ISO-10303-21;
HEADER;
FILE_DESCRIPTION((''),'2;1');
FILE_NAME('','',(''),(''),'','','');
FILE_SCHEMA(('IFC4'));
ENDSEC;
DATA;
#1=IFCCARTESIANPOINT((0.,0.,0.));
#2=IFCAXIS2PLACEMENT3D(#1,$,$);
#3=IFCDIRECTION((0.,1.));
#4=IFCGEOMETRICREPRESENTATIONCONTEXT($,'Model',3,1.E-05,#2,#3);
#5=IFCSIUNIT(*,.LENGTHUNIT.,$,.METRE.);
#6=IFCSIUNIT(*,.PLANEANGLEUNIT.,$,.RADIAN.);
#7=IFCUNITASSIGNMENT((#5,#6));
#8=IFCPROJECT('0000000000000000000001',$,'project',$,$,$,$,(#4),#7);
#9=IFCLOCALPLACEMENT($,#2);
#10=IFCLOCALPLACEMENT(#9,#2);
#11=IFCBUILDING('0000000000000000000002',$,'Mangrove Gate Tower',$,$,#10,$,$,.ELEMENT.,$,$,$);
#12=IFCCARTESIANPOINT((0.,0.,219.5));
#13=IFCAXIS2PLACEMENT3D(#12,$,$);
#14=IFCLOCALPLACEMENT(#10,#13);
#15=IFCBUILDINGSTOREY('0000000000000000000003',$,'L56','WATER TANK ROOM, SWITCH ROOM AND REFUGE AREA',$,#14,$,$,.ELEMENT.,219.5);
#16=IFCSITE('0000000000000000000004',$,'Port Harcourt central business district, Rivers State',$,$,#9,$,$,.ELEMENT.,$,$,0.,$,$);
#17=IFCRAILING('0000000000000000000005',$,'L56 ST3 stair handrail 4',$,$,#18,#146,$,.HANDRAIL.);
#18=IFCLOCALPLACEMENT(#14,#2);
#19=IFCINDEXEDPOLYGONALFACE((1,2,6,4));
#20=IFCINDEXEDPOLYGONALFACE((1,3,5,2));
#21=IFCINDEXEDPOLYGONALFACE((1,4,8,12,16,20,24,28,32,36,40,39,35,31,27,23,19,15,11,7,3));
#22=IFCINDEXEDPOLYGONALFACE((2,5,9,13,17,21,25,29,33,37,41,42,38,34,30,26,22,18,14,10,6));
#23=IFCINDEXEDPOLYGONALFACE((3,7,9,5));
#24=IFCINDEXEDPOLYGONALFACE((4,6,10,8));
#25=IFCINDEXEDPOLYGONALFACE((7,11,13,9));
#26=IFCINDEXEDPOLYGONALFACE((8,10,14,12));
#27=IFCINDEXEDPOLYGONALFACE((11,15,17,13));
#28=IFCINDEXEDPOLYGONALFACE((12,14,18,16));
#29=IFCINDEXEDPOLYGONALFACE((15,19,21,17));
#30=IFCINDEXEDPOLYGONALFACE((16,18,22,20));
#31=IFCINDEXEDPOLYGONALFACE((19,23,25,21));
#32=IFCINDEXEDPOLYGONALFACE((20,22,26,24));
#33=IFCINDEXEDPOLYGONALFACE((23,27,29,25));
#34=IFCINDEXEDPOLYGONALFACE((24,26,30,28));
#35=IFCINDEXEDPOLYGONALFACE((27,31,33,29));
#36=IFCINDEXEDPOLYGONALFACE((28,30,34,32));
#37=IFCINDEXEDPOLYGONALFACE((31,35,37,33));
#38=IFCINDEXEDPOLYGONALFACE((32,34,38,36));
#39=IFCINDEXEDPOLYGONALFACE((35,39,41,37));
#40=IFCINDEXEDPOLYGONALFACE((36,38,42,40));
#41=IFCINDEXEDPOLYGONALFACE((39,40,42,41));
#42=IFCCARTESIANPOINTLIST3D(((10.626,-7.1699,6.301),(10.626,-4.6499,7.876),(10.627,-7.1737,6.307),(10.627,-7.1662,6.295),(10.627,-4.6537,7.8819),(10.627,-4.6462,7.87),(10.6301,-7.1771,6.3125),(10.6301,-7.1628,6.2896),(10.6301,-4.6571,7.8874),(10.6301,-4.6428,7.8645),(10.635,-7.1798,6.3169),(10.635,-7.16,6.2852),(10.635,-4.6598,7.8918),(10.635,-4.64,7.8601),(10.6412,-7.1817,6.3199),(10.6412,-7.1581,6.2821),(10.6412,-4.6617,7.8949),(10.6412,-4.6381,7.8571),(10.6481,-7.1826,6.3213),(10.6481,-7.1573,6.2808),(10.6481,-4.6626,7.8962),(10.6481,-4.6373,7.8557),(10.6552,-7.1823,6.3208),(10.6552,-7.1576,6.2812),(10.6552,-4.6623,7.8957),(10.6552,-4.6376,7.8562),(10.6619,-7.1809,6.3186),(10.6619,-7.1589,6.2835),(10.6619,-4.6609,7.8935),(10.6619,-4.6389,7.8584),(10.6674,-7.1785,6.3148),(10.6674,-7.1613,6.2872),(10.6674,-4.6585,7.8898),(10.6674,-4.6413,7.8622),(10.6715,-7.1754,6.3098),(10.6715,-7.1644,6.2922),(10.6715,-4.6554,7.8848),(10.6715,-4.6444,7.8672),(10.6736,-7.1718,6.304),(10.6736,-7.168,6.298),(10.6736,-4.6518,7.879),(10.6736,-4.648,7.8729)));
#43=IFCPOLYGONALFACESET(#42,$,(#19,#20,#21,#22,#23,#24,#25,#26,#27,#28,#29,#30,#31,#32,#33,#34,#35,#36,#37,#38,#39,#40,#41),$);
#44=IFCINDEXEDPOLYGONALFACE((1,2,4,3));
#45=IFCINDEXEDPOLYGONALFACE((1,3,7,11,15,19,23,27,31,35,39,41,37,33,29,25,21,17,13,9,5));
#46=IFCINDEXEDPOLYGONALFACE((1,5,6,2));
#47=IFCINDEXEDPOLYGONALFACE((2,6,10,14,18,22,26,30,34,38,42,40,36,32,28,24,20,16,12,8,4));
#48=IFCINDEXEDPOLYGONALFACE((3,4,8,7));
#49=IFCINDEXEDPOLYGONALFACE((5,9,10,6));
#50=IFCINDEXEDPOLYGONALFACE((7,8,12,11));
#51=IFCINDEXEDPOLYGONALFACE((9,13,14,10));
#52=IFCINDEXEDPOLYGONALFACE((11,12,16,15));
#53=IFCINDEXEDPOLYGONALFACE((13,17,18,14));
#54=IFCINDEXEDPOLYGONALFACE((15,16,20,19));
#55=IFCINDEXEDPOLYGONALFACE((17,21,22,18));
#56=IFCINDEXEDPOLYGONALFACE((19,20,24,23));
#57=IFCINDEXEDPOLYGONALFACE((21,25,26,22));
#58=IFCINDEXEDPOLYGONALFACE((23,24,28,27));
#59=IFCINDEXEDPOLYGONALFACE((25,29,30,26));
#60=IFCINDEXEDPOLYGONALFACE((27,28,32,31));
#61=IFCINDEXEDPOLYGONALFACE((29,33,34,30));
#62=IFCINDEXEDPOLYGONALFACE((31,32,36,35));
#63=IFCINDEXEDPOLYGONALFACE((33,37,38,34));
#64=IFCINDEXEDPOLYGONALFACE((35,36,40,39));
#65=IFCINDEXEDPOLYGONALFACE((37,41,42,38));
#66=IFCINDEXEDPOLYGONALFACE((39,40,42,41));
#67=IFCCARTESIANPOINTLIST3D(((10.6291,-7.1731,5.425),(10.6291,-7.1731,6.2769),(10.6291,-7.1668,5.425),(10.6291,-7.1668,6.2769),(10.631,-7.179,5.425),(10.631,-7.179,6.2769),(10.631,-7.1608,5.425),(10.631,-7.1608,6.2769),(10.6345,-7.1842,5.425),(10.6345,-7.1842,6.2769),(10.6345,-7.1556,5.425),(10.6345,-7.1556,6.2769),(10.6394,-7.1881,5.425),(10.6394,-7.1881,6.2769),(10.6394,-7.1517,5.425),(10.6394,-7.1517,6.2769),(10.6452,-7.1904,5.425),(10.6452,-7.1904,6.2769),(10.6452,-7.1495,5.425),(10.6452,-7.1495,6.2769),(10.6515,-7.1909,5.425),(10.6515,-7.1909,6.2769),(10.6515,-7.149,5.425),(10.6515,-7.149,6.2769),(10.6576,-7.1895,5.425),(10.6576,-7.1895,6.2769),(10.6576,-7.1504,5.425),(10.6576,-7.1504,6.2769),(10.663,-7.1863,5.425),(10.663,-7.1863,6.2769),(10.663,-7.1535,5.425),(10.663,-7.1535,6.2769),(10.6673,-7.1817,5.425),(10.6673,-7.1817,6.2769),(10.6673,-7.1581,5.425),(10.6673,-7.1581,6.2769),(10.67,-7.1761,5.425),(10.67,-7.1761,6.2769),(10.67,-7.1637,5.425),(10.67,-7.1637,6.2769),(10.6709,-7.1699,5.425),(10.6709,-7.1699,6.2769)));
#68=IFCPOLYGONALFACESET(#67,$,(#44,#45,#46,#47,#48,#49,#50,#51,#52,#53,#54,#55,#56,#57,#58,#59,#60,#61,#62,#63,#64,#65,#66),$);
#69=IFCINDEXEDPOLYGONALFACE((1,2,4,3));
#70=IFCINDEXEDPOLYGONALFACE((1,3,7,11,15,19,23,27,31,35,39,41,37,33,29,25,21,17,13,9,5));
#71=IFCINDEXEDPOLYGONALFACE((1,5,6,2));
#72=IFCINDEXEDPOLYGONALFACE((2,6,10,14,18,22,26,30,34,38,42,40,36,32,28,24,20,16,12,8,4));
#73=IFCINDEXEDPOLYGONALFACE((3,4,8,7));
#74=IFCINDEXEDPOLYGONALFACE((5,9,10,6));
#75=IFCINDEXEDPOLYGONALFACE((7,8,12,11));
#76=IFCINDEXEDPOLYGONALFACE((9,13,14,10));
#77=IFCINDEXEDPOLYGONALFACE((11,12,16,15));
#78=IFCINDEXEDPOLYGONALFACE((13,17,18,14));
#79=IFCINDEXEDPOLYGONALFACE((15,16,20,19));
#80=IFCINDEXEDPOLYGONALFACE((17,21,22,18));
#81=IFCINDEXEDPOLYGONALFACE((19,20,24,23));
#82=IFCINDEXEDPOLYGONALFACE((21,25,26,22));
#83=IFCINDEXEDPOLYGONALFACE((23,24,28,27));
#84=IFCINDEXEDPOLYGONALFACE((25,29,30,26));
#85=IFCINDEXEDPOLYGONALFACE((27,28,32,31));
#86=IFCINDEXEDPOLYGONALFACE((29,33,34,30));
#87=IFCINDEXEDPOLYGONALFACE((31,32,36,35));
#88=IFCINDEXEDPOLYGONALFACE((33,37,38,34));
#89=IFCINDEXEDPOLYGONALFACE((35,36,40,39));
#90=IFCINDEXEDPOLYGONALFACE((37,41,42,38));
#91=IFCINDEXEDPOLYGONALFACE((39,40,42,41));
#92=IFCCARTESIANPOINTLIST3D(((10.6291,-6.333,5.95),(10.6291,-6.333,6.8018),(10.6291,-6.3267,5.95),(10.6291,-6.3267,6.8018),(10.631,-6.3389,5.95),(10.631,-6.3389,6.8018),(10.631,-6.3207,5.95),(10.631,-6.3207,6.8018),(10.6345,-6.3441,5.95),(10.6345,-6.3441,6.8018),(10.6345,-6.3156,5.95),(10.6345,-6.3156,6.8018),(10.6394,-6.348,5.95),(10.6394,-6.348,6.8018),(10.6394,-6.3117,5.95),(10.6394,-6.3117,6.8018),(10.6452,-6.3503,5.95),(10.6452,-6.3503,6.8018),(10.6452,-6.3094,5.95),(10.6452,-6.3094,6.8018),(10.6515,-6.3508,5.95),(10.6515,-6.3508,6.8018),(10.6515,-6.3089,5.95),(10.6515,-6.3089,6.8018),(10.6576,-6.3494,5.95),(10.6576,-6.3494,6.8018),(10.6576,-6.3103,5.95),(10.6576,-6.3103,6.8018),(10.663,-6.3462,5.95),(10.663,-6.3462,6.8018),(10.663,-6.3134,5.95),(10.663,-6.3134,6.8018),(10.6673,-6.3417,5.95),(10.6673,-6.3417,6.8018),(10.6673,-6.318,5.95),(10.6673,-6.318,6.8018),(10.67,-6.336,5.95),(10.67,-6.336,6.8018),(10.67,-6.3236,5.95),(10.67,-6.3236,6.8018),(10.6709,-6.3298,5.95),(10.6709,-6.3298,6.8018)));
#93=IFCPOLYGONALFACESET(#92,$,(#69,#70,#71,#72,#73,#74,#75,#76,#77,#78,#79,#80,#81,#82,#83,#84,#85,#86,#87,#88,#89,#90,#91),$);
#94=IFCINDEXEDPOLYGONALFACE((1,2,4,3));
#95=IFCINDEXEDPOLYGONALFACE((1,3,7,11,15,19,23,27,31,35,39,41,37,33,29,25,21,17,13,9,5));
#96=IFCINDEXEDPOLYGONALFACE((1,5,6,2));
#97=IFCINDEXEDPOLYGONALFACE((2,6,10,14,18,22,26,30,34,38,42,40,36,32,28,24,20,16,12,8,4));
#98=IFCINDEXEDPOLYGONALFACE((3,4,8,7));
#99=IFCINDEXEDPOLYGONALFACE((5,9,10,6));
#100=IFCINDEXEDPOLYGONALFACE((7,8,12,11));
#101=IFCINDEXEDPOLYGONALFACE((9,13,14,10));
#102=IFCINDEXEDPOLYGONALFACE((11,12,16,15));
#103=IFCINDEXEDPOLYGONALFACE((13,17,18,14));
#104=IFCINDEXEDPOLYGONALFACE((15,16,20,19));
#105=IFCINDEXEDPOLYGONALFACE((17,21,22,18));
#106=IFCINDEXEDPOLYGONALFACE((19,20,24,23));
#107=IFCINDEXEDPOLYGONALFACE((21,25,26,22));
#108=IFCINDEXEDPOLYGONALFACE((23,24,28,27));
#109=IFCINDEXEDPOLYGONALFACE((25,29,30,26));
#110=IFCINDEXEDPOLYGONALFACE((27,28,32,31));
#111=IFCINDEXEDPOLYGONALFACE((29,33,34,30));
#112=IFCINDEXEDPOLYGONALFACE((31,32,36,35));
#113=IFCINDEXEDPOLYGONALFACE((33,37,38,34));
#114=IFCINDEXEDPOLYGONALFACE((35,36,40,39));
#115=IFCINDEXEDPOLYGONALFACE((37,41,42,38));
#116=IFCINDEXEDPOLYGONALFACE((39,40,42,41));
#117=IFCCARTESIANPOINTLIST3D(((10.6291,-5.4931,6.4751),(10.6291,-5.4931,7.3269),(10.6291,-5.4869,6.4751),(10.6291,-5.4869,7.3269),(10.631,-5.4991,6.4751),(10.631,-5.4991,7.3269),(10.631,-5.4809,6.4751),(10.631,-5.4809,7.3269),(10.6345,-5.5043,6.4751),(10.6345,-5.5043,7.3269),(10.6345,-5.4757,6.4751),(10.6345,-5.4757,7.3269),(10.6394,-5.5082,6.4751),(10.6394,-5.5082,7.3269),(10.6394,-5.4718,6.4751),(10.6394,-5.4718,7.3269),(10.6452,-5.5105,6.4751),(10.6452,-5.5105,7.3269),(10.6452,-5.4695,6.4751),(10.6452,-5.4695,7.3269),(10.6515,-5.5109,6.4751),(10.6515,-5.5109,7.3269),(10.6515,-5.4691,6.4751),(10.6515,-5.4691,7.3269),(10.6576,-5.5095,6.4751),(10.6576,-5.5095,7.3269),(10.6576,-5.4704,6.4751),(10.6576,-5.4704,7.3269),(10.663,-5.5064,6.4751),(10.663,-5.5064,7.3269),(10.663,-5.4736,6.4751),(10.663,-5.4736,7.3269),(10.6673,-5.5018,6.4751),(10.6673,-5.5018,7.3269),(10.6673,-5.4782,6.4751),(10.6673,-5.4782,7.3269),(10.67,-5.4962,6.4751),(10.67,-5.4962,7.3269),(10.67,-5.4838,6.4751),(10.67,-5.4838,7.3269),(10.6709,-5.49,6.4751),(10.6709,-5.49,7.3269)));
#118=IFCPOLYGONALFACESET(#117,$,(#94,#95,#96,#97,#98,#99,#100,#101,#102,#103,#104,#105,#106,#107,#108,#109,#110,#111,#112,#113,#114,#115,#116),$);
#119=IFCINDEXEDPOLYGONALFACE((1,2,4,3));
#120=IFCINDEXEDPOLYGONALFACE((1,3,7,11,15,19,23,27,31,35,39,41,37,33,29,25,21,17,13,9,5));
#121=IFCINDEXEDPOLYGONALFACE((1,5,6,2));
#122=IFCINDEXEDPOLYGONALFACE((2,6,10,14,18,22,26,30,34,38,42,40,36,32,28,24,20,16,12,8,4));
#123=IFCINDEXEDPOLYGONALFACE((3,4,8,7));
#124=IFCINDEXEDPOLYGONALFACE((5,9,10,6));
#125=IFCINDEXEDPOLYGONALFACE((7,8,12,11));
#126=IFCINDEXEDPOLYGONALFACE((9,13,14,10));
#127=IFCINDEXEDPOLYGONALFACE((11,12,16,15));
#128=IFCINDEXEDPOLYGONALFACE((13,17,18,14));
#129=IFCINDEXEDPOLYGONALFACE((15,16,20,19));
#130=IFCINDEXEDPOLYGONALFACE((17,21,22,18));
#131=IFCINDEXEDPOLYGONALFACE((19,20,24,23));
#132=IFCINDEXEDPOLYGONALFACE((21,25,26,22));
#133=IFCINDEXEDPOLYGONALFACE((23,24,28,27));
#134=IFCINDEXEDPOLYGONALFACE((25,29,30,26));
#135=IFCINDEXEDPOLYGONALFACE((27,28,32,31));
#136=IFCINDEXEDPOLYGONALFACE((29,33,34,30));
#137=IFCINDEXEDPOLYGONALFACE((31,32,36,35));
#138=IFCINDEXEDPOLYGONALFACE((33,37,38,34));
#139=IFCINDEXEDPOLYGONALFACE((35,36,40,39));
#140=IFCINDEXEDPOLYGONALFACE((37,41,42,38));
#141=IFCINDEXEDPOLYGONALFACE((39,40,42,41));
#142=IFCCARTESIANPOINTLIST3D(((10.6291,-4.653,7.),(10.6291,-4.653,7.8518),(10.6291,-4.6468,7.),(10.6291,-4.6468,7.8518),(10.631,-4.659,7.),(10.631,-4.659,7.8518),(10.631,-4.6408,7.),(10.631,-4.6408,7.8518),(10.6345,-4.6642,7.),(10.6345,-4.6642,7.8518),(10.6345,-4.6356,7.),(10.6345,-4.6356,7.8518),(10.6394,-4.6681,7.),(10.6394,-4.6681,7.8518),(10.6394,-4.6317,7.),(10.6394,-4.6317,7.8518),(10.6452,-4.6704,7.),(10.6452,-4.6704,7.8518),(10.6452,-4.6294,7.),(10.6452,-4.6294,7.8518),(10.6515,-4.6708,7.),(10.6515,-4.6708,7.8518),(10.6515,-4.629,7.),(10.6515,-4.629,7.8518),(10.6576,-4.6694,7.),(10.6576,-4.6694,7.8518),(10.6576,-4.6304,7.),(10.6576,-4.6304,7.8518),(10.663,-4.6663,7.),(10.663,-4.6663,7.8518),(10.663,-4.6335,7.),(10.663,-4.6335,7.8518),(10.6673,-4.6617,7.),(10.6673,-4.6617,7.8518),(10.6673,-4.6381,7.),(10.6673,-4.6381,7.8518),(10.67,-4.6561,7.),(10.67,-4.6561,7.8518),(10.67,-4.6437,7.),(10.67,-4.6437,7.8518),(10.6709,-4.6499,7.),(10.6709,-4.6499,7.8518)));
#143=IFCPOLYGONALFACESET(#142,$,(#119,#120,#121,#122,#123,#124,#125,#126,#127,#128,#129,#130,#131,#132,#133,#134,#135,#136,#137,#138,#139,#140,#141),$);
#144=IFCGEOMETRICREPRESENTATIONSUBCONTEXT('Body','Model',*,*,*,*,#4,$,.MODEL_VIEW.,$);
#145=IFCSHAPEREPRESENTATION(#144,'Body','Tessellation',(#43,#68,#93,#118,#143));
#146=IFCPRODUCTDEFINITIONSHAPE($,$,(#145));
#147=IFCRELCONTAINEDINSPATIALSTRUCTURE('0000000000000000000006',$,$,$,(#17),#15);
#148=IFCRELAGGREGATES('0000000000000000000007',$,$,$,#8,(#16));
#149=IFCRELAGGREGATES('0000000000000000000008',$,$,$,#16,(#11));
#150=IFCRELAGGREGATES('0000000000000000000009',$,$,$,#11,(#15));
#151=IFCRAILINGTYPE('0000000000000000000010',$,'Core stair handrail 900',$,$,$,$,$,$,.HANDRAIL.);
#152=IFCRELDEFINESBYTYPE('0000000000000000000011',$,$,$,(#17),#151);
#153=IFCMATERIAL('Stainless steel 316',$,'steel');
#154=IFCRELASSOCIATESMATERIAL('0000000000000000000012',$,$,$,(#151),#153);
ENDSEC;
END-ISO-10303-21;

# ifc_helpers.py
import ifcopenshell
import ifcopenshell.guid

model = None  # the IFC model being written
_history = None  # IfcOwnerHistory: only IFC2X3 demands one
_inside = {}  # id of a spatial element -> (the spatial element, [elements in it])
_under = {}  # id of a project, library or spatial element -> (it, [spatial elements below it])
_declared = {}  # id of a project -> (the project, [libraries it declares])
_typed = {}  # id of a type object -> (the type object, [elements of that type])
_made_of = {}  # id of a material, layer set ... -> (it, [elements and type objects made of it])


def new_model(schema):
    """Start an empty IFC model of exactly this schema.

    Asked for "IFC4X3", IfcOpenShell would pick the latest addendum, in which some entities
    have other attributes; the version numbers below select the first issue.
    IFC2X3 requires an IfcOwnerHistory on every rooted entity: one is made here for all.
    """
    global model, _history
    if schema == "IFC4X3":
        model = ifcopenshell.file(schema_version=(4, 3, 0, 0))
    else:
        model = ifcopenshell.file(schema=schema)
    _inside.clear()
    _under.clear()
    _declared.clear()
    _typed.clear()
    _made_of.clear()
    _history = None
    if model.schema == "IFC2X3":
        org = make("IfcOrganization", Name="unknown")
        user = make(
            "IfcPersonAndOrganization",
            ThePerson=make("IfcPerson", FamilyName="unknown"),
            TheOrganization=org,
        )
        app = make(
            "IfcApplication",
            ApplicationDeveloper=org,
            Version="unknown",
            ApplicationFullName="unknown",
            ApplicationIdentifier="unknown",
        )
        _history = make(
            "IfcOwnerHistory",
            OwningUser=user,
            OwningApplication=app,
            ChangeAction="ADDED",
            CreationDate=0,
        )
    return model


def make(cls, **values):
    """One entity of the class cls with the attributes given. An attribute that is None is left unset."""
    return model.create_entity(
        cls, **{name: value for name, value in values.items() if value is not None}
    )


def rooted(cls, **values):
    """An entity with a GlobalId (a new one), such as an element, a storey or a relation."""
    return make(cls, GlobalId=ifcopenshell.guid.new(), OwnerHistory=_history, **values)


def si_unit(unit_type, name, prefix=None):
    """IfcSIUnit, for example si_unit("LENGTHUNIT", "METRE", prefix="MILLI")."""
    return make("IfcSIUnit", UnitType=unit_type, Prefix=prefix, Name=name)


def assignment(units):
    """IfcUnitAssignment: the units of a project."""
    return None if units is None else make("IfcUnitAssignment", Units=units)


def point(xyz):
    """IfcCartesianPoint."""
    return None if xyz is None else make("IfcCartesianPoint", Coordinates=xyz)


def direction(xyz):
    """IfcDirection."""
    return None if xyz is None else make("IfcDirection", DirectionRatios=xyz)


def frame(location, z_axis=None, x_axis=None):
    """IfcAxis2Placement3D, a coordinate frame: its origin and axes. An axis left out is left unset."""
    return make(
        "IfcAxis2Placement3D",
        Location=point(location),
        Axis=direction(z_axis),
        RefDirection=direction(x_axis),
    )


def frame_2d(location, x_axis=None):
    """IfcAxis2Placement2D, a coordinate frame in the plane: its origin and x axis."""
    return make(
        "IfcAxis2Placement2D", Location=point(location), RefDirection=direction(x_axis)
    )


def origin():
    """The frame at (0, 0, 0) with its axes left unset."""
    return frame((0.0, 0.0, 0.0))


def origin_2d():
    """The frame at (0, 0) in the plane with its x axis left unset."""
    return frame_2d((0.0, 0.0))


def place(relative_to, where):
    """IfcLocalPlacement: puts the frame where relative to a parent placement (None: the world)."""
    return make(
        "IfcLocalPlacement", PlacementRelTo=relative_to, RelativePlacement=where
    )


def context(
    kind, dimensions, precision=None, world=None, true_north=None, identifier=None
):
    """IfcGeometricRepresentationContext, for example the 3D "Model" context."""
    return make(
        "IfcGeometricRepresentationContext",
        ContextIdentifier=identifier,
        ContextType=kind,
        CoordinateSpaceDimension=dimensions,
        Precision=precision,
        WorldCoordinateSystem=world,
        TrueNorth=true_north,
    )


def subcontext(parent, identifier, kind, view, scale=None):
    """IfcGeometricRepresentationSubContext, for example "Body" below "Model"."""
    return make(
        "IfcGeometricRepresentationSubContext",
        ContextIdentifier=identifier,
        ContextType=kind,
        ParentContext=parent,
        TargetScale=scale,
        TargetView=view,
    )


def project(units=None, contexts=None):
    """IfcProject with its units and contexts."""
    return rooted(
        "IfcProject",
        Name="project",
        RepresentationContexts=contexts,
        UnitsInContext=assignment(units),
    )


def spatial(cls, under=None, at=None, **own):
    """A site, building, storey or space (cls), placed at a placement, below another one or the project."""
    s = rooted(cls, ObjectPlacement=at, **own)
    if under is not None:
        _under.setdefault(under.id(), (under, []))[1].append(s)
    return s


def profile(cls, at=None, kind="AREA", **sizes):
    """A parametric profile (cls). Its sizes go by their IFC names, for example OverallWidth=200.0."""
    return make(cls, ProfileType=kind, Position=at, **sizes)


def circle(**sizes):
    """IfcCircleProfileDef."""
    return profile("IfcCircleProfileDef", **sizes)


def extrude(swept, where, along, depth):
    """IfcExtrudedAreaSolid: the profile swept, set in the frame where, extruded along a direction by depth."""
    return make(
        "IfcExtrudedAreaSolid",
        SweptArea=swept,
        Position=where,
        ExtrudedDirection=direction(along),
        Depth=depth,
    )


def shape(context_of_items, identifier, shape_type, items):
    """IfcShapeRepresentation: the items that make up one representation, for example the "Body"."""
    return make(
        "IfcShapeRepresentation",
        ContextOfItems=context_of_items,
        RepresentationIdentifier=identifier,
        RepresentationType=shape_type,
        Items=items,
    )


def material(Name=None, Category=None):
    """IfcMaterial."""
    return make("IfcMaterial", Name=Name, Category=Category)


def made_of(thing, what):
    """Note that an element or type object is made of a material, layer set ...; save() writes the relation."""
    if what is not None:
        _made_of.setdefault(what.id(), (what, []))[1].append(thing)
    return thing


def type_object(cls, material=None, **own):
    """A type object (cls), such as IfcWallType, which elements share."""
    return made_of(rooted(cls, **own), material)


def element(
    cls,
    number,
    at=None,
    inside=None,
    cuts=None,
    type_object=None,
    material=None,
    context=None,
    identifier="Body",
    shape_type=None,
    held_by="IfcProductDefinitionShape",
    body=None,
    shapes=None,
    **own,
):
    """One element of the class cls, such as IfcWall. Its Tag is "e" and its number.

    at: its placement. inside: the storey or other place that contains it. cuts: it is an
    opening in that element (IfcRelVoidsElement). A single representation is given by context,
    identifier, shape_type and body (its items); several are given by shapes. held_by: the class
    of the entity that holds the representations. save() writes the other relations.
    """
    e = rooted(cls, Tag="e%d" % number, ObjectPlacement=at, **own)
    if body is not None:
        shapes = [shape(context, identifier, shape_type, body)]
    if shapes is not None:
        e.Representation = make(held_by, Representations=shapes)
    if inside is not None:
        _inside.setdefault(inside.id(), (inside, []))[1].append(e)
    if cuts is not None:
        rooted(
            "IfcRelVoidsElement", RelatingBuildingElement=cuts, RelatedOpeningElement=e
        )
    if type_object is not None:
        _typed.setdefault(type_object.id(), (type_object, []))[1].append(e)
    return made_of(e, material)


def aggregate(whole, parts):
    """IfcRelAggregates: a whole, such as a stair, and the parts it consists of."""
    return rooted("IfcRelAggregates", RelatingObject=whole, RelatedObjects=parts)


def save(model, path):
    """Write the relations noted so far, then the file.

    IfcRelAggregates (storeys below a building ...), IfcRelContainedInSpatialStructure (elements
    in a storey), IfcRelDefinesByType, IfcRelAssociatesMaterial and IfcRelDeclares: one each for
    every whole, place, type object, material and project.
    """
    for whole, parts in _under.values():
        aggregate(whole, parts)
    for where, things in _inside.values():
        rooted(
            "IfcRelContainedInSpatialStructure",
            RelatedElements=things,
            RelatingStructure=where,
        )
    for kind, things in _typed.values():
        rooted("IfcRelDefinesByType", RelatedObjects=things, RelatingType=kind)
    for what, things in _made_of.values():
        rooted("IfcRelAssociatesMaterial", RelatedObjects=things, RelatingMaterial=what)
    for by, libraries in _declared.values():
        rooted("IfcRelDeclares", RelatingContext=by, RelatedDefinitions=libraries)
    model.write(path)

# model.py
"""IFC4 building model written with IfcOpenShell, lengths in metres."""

from ifc_helpers import new_model, si_unit, direction, frame, origin, origin_2d, place, context, subcontext, project, spatial, circle, extrude, material, type_object, element, save


model = new_model("IFC4")

# Units and contexts
model_context = context("Model", 3, precision=1e-05, world=origin(), true_north=direction((0.0, 1.0)))
body_context = subcontext(model_context, "Body", "Model", "MODEL_VIEW")
ifc_project = project(units=[si_unit("LENGTHUNIT", "METRE"), si_unit("PLANEANGLEUNIT", "RADIAN")], contexts=[model_context])

# Site, building, storey
site_placement = place(None, origin())
site = spatial("IfcSite", under=ifc_project, at=site_placement, Name="Port Harcourt central business district, Rivers State", CompositionType="ELEMENT", RefElevation=0.0)
building_placement = place(site_placement, origin())
building = spatial("IfcBuilding", under=site, at=building_placement, Name="Mangrove Gate Tower", CompositionType="ELEMENT")
storey_placement = place(building_placement, frame((0.0, 0.0, 219.5)))
storey = spatial("IfcBuildingStorey", under=building, at=storey_placement, Name="L56", Description="WATER TANK ROOM, SWITCH ROOM AND REFUGE AREA", CompositionType="ELEMENT", Elevation=219.5)

# Railing
ifc_material_1 = material(Name="Stainless steel 316", Category="steel")
railing_type_1 = type_object("IfcRailingType", Name="Core stair handrail 900", PredefinedType="HANDRAIL", material=ifc_material_1)
railing_1_placement = place(storey_placement, frame((10.6499, -7.1699, 5.425)))
element("IfcRailing", 1, at=railing_1_placement, inside=storey, type_object=railing_type_1, Name="L56 ST3 stair handrail 4", PredefinedType="HANDRAIL", context=body_context, shape_type="SweptSolid", body=[
    extrude(circle(Radius=0.0239, at=origin_2d()), frame((0.0, 0.0, 0.876), z_axis=(0.0, 0.848008, 0.529984), x_axis=(-1.0, 0.0, 0.0)), (0.0, 0.0, 1.0), 2.9717),
    extrude(circle(Radius=0.021, at=origin_2d()), origin(), (0.0, 0.0, 1.0), 0.8518),
    extrude(circle(Radius=0.021, at=origin_2d()), frame((0.0, 0.8401, 0.5249)), (0.0, 0.0, 1.0), 0.8518),
    extrude(circle(Radius=0.021, at=origin_2d()), frame((0.0, 1.6799, 1.05)), (0.0, 0.0, 1.0), 0.8518),
    extrude(circle(Radius=0.021, at=origin_2d()), frame((0.0, 2.52, 1.575)), (0.0, 0.0, 1.0), 0.8518),
])

save(model, "model.ifc")
